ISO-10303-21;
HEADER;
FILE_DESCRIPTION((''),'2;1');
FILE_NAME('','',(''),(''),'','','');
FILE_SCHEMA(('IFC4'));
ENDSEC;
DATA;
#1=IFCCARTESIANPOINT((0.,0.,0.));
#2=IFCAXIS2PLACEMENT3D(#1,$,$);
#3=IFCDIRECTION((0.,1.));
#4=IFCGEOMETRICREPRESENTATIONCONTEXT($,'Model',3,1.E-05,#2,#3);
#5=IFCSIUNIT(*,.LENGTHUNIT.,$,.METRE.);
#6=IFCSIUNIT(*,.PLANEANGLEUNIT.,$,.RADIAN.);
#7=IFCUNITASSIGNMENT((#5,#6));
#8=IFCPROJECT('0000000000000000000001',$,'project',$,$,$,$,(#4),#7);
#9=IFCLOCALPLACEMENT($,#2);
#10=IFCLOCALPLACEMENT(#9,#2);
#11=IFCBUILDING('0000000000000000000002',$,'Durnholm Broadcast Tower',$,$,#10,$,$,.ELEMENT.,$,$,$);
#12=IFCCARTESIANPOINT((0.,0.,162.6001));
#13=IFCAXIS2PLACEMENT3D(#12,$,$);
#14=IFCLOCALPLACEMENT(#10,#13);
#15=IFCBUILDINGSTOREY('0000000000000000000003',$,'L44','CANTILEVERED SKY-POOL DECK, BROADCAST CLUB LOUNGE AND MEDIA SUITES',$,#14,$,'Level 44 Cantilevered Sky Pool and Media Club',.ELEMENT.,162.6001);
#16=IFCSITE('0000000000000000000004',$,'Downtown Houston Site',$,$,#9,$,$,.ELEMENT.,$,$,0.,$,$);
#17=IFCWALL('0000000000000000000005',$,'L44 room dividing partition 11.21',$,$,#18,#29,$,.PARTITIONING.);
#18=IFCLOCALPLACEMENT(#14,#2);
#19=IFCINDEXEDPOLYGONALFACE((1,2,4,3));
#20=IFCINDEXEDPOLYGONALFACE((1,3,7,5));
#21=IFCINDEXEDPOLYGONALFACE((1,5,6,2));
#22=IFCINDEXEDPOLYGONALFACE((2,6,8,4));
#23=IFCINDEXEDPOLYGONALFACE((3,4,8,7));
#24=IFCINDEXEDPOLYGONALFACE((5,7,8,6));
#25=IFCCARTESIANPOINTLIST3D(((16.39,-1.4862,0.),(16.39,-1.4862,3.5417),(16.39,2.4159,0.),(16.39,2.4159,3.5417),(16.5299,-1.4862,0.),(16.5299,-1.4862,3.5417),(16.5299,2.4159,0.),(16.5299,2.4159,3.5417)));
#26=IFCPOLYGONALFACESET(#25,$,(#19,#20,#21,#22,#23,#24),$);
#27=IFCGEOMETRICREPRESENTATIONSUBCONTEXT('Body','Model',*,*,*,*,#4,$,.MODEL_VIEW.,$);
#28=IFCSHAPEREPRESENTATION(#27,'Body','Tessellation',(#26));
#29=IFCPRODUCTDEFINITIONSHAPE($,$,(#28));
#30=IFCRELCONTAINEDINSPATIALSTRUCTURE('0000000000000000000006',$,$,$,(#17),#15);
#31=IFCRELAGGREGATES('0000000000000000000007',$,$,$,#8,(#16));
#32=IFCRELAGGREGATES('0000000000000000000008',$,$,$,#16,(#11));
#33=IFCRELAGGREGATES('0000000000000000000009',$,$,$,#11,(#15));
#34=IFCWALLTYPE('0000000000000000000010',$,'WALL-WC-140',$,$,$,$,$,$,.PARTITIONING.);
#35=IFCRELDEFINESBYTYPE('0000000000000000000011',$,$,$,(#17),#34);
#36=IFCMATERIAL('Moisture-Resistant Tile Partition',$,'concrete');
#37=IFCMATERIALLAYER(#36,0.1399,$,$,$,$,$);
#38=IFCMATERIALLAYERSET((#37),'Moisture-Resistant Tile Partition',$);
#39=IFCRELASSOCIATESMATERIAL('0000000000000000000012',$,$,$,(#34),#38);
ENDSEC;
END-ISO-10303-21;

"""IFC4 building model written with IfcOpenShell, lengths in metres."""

from ifc_helpers import new_model, si_unit, direction, frame, frame_2d, origin, place, context, subcontext, project, spatial, rectangle, extrude, material, layer, layer_set, type_object, element, save


model = new_model("IFC4")

# Units and contexts
model_context = context("Model", 3, precision=1e-05, world=origin(), true_north=direction((0.0, 1.0)))
body_context = subcontext(model_context, "Body", "Model", "MODEL_VIEW")
ifc_project = project(units=[si_unit("LENGTHUNIT", "METRE"), si_unit("PLANEANGLEUNIT", "RADIAN")], contexts=[model_context])

# Site, building, storey
site_placement = place(None, origin())
site = spatial("IfcSite", under=ifc_project, at=site_placement, Name="Downtown Houston Site", CompositionType="ELEMENT", RefElevation=0.0)
building_placement = place(site_placement, origin())
building = spatial("IfcBuilding", under=site, at=building_placement, Name="Durnholm Broadcast Tower", CompositionType="ELEMENT")
storey_placement = place(building_placement, frame((0.0, 0.0, 162.6001)))
storey = spatial("IfcBuildingStorey", under=building, at=storey_placement, Name="L44", Description="CANTILEVERED SKY-POOL DECK, BROADCAST CLUB LOUNGE AND MEDIA SUITES", LongName="Level 44 Cantilevered Sky Pool and Media Club", CompositionType="ELEMENT", Elevation=162.6001)

# Wall
ifc_material_1 = material(Name="Moisture-Resistant Tile Partition", Category="concrete")
ifc_layer_1 = layer(ifc_material_1, 0.1399)
ifc_layer_set_1 = layer_set([ifc_layer_1], Name="Moisture-Resistant Tile Partition")
wall_type_1 = type_object("IfcWallType", Name="WALL-WC-140", PredefinedType="PARTITIONING", material=ifc_layer_set_1)
wall_1_placement = place(storey_placement, frame((16.46, 2.416, 0.0), z_axis=(0.0, 0.0, 1.0), x_axis=(0.0, -1.0, 0.0)))
element("IfcWall", 1, at=wall_1_placement, inside=storey, type_object=wall_type_1, Name="L44 room dividing partition 11.21", PredefinedType="PARTITIONING", context=body_context, shape_type="SweptSolid", body=[
    extrude(rectangle(XDim=3.9021, YDim=0.1399, at=frame_2d((1.9512, 0.0))), origin(), (0.0, 0.0, 1.0), 3.5417),
])

save(model, "model.ifc")
